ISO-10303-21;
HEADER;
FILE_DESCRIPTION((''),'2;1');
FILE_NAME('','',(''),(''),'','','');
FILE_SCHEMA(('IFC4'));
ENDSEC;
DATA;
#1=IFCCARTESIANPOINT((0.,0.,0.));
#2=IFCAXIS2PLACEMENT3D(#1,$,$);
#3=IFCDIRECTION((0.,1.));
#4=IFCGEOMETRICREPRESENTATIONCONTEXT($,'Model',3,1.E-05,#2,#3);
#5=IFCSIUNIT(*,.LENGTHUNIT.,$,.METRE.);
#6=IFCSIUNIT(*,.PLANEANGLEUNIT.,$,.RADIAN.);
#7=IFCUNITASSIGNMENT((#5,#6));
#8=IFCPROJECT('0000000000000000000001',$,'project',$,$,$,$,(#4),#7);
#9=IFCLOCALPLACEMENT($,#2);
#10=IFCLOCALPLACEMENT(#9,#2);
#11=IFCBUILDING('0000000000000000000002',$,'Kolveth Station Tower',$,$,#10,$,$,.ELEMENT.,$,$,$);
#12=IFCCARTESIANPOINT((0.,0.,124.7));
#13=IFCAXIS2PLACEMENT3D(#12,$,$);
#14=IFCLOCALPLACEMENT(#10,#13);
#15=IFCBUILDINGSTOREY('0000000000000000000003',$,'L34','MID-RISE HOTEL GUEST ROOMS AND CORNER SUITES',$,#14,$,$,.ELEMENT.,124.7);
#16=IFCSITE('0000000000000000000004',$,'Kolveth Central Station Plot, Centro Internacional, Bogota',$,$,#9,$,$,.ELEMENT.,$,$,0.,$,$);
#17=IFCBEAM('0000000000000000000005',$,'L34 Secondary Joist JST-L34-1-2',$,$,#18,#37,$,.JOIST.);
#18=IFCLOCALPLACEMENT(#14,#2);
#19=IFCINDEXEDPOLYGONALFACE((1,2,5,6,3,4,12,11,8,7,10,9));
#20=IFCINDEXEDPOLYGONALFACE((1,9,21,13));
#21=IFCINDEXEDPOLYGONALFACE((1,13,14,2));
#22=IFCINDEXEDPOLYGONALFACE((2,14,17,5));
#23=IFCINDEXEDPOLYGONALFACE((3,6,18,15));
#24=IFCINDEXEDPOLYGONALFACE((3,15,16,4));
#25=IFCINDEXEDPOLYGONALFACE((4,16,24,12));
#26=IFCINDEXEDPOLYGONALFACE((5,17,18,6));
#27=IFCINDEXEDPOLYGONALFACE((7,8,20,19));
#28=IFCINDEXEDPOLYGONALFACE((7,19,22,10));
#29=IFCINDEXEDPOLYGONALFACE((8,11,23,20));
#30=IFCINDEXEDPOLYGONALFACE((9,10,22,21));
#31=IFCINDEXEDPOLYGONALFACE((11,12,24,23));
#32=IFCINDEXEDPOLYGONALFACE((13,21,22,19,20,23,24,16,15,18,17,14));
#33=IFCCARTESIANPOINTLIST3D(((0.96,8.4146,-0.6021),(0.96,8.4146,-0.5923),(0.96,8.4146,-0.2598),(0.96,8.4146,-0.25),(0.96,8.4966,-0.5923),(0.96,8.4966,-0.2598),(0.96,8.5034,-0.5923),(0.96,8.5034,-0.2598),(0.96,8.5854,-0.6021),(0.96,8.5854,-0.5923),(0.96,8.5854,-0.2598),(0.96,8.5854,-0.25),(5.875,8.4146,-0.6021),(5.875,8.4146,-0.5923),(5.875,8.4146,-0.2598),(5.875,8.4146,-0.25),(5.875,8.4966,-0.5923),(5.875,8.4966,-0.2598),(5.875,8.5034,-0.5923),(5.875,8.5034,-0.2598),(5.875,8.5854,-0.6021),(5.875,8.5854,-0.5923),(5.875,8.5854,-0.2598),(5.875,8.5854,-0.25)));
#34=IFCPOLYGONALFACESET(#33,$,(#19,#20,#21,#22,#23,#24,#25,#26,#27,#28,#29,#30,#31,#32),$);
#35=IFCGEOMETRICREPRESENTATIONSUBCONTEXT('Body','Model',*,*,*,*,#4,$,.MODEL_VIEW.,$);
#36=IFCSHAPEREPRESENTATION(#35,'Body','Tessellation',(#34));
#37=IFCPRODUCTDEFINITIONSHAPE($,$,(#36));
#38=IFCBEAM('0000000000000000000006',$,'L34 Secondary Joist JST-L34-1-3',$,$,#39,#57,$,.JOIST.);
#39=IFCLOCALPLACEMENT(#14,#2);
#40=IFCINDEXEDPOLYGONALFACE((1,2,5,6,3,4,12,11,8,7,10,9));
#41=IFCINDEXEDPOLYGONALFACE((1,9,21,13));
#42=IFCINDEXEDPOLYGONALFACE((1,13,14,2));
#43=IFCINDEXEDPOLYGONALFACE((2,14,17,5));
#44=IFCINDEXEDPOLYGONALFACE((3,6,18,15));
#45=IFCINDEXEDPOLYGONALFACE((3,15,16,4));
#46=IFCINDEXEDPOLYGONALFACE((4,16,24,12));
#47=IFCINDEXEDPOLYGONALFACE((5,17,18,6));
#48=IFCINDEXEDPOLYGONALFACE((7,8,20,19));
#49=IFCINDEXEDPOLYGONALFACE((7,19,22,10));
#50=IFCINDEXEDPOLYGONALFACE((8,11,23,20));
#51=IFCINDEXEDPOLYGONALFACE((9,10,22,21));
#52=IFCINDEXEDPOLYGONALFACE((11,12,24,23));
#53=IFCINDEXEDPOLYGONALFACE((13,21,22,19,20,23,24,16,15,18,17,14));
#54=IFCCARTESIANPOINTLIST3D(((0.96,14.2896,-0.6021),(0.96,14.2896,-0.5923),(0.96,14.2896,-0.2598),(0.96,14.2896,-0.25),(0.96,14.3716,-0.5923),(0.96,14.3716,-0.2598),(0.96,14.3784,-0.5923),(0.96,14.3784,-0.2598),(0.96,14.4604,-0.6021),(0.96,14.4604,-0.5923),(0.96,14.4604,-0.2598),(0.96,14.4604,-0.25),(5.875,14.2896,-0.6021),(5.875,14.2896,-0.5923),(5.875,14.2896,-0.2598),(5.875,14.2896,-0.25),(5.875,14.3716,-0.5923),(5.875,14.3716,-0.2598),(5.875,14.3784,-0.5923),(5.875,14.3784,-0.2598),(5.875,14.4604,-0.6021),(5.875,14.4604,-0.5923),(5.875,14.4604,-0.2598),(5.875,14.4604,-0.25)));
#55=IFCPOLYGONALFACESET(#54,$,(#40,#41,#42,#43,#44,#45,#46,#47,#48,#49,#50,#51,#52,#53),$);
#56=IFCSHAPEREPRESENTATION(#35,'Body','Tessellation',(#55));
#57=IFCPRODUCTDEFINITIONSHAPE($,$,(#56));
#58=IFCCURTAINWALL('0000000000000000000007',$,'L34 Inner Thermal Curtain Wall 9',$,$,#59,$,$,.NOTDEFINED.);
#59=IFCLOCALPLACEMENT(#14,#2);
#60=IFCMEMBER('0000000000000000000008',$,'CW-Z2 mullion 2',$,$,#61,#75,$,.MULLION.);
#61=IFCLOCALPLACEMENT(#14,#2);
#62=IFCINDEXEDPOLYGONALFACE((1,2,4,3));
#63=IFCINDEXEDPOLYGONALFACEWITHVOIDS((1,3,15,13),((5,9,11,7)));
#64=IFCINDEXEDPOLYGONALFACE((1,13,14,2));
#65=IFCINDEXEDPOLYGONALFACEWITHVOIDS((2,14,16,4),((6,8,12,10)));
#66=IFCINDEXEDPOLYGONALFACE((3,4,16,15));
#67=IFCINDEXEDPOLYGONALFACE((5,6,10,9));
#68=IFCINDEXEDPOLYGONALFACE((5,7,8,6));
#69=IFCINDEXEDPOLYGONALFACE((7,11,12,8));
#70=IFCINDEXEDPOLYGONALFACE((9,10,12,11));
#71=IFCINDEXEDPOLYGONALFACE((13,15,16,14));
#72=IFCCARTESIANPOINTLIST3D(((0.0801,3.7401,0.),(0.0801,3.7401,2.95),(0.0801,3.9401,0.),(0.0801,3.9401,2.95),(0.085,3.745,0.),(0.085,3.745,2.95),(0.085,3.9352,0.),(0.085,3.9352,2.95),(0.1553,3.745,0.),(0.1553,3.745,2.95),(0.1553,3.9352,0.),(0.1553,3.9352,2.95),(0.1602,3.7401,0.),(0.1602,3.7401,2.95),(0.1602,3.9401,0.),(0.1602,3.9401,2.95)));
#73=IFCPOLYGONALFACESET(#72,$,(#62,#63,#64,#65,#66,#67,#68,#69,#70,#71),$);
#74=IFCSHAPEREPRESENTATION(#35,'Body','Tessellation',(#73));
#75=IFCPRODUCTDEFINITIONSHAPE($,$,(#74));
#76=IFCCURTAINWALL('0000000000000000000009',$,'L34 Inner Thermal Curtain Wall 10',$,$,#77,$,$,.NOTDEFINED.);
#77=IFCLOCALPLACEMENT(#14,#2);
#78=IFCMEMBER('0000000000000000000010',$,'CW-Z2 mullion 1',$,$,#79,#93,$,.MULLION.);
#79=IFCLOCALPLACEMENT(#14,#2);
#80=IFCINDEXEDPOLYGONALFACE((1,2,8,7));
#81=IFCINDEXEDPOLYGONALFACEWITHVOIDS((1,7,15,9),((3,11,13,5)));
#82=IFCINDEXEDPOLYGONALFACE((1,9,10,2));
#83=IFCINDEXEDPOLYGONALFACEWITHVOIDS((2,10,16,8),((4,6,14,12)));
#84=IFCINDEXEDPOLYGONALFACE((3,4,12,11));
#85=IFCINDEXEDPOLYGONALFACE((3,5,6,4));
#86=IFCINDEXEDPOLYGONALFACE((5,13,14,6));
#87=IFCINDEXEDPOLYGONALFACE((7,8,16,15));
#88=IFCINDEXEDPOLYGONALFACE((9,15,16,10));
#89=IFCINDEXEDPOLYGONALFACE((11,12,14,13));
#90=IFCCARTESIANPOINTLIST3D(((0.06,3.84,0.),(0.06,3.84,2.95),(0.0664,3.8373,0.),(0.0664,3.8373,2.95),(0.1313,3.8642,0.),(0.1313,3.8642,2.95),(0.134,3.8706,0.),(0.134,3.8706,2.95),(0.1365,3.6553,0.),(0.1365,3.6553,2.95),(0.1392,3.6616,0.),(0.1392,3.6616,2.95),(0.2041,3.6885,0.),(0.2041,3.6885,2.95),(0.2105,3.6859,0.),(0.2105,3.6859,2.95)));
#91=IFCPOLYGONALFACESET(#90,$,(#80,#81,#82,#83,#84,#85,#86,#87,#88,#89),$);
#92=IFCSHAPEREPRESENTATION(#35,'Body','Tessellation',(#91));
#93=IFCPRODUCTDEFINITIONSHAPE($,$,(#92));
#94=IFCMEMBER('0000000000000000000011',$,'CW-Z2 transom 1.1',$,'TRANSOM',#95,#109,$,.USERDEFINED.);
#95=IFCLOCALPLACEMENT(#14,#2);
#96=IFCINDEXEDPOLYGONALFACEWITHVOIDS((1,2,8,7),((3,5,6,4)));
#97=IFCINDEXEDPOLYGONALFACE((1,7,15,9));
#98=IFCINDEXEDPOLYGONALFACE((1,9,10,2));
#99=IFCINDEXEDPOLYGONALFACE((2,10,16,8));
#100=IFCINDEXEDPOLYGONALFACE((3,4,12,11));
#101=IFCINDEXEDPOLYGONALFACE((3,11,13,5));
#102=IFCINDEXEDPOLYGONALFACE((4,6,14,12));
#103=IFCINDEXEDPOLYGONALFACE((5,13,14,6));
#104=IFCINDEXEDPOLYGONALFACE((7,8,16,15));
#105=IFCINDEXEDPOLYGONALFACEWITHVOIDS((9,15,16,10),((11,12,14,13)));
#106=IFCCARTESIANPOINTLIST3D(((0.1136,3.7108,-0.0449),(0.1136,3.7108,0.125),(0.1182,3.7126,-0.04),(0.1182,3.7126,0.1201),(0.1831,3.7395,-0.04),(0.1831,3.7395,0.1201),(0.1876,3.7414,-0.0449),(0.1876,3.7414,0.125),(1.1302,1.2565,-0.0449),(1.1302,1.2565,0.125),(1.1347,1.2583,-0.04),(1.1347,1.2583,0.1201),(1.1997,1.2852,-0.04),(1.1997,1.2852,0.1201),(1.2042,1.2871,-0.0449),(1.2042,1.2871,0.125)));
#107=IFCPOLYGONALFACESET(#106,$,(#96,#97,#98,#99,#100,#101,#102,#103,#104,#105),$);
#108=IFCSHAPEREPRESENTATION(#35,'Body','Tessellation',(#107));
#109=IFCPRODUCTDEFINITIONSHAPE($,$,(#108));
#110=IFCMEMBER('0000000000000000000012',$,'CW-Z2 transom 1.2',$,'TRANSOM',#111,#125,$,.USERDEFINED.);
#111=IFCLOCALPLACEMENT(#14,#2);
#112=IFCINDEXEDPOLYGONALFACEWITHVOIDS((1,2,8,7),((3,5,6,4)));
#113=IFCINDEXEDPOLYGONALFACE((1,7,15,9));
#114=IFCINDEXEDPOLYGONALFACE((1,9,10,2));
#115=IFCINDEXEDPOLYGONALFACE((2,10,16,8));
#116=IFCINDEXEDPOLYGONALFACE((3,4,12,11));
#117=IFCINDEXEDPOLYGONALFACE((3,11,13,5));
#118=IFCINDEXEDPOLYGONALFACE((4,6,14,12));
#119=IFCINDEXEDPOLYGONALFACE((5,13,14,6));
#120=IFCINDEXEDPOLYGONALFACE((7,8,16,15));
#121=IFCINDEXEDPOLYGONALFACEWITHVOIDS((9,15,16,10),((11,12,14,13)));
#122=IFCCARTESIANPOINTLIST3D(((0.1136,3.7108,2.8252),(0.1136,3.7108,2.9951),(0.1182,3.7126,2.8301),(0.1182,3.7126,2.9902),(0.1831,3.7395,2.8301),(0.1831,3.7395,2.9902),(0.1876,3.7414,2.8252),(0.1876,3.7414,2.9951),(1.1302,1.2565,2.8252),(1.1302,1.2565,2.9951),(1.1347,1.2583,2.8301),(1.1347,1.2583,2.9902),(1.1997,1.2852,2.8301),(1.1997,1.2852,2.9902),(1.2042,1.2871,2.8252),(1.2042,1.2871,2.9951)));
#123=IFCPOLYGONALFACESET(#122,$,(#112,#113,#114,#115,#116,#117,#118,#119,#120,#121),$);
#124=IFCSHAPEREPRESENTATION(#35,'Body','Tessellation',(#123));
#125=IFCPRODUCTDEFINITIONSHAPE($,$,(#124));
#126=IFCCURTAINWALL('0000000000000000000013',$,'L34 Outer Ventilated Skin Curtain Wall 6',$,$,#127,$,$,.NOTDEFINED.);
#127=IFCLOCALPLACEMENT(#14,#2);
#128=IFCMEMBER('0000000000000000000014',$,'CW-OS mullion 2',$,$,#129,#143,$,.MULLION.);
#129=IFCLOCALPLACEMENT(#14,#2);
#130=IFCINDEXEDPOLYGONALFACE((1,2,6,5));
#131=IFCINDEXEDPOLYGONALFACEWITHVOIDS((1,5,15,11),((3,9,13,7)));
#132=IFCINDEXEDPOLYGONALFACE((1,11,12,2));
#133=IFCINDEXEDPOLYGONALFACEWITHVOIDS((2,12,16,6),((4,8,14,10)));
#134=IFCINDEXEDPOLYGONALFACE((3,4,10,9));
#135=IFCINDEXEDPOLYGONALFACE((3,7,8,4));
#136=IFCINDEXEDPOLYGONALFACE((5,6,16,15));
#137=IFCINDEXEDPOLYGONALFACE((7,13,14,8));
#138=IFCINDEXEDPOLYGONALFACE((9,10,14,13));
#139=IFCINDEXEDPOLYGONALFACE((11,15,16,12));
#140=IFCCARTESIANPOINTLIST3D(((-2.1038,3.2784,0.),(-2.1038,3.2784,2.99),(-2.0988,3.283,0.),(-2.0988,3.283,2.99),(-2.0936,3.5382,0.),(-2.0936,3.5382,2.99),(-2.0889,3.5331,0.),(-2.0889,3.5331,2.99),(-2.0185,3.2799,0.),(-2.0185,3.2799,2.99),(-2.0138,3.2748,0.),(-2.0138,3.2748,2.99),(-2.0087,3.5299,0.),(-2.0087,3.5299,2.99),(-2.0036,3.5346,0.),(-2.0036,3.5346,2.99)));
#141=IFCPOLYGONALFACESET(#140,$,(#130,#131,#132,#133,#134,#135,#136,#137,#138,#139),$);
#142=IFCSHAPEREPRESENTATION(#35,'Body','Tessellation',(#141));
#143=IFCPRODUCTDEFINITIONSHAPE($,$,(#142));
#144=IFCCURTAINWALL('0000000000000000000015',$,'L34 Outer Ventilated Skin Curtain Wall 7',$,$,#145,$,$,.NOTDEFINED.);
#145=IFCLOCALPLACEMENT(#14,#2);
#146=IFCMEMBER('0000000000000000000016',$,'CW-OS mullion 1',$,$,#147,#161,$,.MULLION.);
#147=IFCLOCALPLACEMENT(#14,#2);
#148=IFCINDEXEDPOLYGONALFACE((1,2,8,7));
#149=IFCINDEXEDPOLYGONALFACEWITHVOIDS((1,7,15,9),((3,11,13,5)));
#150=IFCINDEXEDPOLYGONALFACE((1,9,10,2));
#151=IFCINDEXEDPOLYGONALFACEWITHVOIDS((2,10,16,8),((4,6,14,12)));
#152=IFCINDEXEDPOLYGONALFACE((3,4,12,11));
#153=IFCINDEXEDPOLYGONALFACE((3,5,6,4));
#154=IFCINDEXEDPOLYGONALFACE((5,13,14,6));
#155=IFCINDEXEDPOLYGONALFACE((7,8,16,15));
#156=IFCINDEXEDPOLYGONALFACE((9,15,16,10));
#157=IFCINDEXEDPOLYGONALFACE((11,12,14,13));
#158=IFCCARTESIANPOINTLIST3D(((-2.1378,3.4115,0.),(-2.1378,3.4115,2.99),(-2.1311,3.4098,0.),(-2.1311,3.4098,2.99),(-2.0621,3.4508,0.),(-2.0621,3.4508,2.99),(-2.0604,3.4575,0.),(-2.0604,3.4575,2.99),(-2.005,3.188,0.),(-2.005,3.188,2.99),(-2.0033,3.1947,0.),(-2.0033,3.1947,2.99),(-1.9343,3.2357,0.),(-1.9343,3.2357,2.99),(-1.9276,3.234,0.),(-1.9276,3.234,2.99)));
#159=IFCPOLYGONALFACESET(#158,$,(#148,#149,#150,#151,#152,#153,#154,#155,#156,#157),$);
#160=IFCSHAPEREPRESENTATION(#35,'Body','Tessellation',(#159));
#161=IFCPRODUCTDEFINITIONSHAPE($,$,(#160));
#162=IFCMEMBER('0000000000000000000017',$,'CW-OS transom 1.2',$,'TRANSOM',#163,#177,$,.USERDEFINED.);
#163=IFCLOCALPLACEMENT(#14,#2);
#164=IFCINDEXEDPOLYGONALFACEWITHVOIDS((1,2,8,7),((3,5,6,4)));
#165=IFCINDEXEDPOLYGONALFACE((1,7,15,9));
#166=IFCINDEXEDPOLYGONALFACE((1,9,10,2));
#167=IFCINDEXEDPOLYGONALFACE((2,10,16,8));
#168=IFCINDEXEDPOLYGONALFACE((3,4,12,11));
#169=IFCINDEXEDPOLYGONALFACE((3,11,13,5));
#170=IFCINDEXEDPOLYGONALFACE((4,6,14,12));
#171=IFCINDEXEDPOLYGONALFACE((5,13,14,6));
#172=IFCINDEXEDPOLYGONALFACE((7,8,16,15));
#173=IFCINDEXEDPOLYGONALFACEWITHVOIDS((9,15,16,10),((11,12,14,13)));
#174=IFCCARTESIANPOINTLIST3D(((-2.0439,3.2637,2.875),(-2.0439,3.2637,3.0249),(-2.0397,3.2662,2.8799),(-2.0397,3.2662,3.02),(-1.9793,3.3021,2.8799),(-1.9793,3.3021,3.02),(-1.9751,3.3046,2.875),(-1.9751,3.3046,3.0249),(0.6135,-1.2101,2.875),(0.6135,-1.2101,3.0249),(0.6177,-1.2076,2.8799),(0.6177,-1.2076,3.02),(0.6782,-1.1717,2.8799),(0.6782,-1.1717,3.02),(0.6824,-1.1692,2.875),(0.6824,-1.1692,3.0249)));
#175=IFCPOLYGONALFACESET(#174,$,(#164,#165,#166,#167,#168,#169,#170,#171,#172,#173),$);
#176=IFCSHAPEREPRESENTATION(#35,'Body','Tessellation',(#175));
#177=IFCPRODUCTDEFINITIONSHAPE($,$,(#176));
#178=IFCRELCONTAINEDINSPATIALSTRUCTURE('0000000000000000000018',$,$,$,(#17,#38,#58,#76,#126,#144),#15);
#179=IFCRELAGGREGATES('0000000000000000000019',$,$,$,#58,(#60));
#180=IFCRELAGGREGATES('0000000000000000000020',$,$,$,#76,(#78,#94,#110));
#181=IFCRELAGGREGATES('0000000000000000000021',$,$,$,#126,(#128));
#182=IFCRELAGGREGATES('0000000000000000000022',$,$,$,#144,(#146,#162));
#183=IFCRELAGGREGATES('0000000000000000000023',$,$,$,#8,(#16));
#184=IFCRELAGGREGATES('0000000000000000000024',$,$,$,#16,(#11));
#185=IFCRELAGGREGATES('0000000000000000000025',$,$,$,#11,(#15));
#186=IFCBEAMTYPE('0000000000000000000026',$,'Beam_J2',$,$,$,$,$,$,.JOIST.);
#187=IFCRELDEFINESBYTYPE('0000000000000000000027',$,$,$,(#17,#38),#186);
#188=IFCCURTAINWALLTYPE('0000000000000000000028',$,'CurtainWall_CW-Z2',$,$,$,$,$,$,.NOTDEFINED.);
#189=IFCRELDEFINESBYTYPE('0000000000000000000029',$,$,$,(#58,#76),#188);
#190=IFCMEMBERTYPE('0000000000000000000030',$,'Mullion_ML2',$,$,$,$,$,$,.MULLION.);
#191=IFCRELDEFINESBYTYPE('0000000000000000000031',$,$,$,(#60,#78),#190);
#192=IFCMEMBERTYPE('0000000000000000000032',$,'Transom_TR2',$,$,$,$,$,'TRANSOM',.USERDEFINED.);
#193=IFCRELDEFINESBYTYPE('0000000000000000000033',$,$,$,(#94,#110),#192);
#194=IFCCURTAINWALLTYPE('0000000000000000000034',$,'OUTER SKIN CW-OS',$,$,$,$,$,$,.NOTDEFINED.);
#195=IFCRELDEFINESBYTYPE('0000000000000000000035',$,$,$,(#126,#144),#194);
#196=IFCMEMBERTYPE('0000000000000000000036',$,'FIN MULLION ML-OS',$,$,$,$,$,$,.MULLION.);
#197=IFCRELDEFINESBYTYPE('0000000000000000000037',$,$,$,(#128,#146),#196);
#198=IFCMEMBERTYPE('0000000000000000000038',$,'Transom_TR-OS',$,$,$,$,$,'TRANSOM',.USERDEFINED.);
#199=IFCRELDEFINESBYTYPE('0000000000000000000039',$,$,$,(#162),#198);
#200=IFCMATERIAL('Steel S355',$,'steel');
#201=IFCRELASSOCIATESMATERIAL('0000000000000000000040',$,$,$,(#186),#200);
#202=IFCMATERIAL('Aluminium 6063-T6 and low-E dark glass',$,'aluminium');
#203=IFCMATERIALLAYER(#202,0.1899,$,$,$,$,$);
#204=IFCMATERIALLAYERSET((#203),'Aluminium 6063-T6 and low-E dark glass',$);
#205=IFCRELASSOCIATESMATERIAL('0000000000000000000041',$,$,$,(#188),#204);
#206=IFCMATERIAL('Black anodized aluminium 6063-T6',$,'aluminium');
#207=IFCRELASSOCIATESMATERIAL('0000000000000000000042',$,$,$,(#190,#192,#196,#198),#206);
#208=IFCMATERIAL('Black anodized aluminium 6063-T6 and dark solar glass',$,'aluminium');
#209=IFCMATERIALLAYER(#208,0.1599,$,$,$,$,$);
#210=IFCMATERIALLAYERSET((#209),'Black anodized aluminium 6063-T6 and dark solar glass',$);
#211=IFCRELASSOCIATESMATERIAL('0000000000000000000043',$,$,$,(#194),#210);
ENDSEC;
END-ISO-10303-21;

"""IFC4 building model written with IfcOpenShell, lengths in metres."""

from ifc_helpers import new_model, si_unit, direction, frame, origin, origin_2d, place, context, subcontext, project, spatial, hollow_rectangle, i_section, extrude, source, transform, mapped, material, layer, layer_set, material_profile, profile_set, type_object, element, aggregate, save


model = new_model("IFC4")

# Units and contexts
model_context = context("Model", 3, precision=1e-05, world=origin(), true_north=direction((0.0, 1.0)))
body_context = subcontext(model_context, "Body", "Model", "MODEL_VIEW")
ifc_project = project(units=[si_unit("LENGTHUNIT", "METRE"), si_unit("PLANEANGLEUNIT", "RADIAN")], contexts=[model_context])

# Site, building, storey
site_placement = place(None, origin())
site = spatial("IfcSite", under=ifc_project, at=site_placement, Name="Kolveth Central Station Plot, Centro Internacional, Bogota", CompositionType="ELEMENT", RefElevation=0.0)
building_placement = place(site_placement, origin())
building = spatial("IfcBuilding", under=site, at=building_placement, Name="Kolveth Station Tower", CompositionType="ELEMENT")
storey_placement = place(building_placement, frame((0.0, 0.0, 124.7)))
storey = spatial("IfcBuildingStorey", under=building, at=storey_placement, Name="L34", Description="MID-RISE HOTEL GUEST ROOMS AND CORNER SUITES", CompositionType="ELEMENT", Elevation=124.7)

# Beams
ifc_material_1 = material(Name="Steel S355", Category="steel")
ifc_material_profile_1 = material_profile(ifc_material_1, i_section(OverallWidth=0.1709, OverallDepth=0.3521, WebThickness=0.0068, FlangeThickness=0.0098, at=origin_2d()), Name="W360x44")
ifc_profile_set_1 = profile_set([ifc_material_profile_1], Name="Steel S355")
beam_type_1 = type_object("IfcBeamType", Name="Beam_J2", PredefinedType="JOIST", material=ifc_profile_set_1)
shared_shape_1 = source(origin(), body_context, "Body", "SweptSolid", [
    extrude(i_section(OverallWidth=0.1709, OverallDepth=0.3521, WebThickness=0.0068, FlangeThickness=0.0098, at=origin_2d()), origin(), (0.0, 0.0, 1.0), 4.915),
])
for number, where, z_axis, x_axis, name in (
    (1, (0.96, 8.5, -0.426), (1.0, 0.0, 0.0), (0.0, 1.0, 0.0), "L34 Secondary Joist JST-L34-1-2"),
    (2, (0.96, 14.375, -0.426), (1.0, 0.0, 0.0), (0.0, 1.0, 0.0), "L34 Secondary Joist JST-L34-1-3"),
):
    element("IfcBeam", number, at=place(storey_placement, frame(where, z_axis=z_axis, x_axis=x_axis)), inside=storey, type_object=beam_type_1, Name=name, PredefinedType="JOIST", context=body_context, shape_type="MappedRepresentation", body=[
        mapped(shared_shape_1, transform((0.0, 0.0, 0.0), x_axis=(1.0, 0.0, 0.0), y_axis=(0.0, 1.0, 0.0), z_axis=(0.0, 0.0, 1.0), scale=1.0)),
    ])

# Curtain wall, member
ifc_material_2 = material(Name="Aluminium 6063-T6 and low-E dark glass", Category="aluminium")
ifc_layer_1 = layer(ifc_material_2, 0.1899)
ifc_layer_set_1 = layer_set([ifc_layer_1], Name="Aluminium 6063-T6 and low-E dark glass")
curtain_wall_type_1 = type_object("IfcCurtainWallType", Name="CurtainWall_CW-Z2", PredefinedType="NOTDEFINED", material=ifc_layer_set_1)
curtain_wall_1_placement = place(storey_placement, origin())
curtain_wall_1 = element("IfcCurtainWall", 3, at=curtain_wall_1_placement, inside=storey, type_object=curtain_wall_type_1, Name="L34 Inner Thermal Curtain Wall 9", PredefinedType="NOTDEFINED")
ifc_material_3 = material(Name="Black anodized aluminium 6063-T6", Category="aluminium")
ifc_material_profile_2 = material_profile(ifc_material_3, hollow_rectangle(XDim=0.0801, YDim=0.2, WallThickness=0.0049, at=origin_2d()), Name="ALU-80x200x5")
ifc_profile_set_2 = profile_set([ifc_material_profile_2], Name="Black anodized aluminium 6063-T6")
member_type_1 = type_object("IfcMemberType", Name="Mullion_ML2", PredefinedType="MULLION", material=ifc_profile_set_2)
shared_shape_2 = source(origin(), body_context, "Body", "SweptSolid", [
    extrude(hollow_rectangle(XDim=0.0801, YDim=0.2, WallThickness=0.0049, at=origin_2d()), origin(), (0.0, 0.0, 1.0), 2.95),
])
member_1_placement = place(storey_placement, frame((0.1201, 3.8401, 0.0), z_axis=(0.0, 0.0, 1.0), x_axis=(1.0, 0.0, 0.0)))
member_1 = element("IfcMember", 4, at=member_1_placement, type_object=member_type_1, Name="CW-Z2 mullion 2", PredefinedType="MULLION", context=body_context, shape_type="MappedRepresentation", body=[
    mapped(shared_shape_2, transform((0.0, 0.0, 0.0), x_axis=(1.0, 0.0, 0.0), y_axis=(0.0, 1.0, 0.0), z_axis=(0.0, 0.0, 1.0), scale=1.0)),
])
aggregate(curtain_wall_1, [member_1])

# Curtain wall, members
curtain_wall_2_placement = place(storey_placement, origin())
curtain_wall_2 = element("IfcCurtainWall", 5, at=curtain_wall_2_placement, inside=storey, type_object=curtain_wall_type_1, Name="L34 Inner Thermal Curtain Wall 10", PredefinedType="NOTDEFINED")
member_2_placement = place(storey_placement, frame((0.1353, 3.7629, 0.0), z_axis=(0.0, 0.0, 1.0), x_axis=(0.923888, 0.382663, 0.0)))
member_2 = element("IfcMember", 6, at=member_2_placement, type_object=member_type_1, Name="CW-Z2 mullion 1", PredefinedType="MULLION", context=body_context, shape_type="MappedRepresentation", body=[
    mapped(shared_shape_2, transform((0.0, 0.0, 0.0), x_axis=(1.0, 0.0, 0.0), y_axis=(0.0, 1.0, 0.0), z_axis=(0.0, 0.0, 1.0), scale=1.0)),
])
ifc_material_profile_3 = material_profile(ifc_material_3, hollow_rectangle(XDim=0.0801, YDim=0.1699, WallThickness=0.0049, at=origin_2d()), Name="ALU-80x170x5")
ifc_profile_set_3 = profile_set([ifc_material_profile_3], Name="Black anodized aluminium 6063-T6")
member_type_2 = type_object("IfcMemberType", Name="Transom_TR2", ElementType="TRANSOM", PredefinedType="USERDEFINED", material=ifc_profile_set_3)
shared_shape_3 = source(origin(), body_context, "Body", "SweptSolid", [
    extrude(hollow_rectangle(XDim=0.0801, YDim=0.1699, WallThickness=0.0049, at=origin_2d()), origin(), (0.0, 0.0, 1.0), 2.6565),
])
member_3_placement = place(storey_placement, frame((0.1506, 3.7261, 0.04), z_axis=(0.382676, -0.923882, 0.0), x_axis=(0.923882, 0.382676, 0.0)))
member_3 = element("IfcMember", 7, at=member_3_placement, type_object=member_type_2, Name="CW-Z2 transom 1.1", ObjectType="TRANSOM", PredefinedType="USERDEFINED", context=body_context, shape_type="MappedRepresentation", body=[
    mapped(shared_shape_3, transform((0.0, 0.0, 0.0), x_axis=(1.0, 0.0, 0.0), y_axis=(0.0, 1.0, 0.0), z_axis=(0.0, 0.0, 1.0), scale=1.0)),
])
member_4_placement = place(storey_placement, frame((0.1506, 3.7261, 2.9102), z_axis=(0.382676, -0.923882, 0.0), x_axis=(0.923882, 0.382676, 0.0)))
member_4 = element("IfcMember", 8, at=member_4_placement, type_object=member_type_2, Name="CW-Z2 transom 1.2", ObjectType="TRANSOM", PredefinedType="USERDEFINED", context=body_context, shape_type="MappedRepresentation", body=[
    mapped(shared_shape_3, transform((0.0, 0.0, 0.0), x_axis=(1.0, 0.0, 0.0), y_axis=(0.0, 1.0, 0.0), z_axis=(0.0, 0.0, 1.0), scale=1.0)),
])
aggregate(curtain_wall_2, [member_2, member_3, member_4])

# Curtain wall, member
ifc_material_4 = material(Name="Black anodized aluminium 6063-T6 and dark solar glass", Category="aluminium")
ifc_layer_2 = layer(ifc_material_4, 0.1599)
ifc_layer_set_2 = layer_set([ifc_layer_2], Name="Black anodized aluminium 6063-T6 and dark solar glass")
curtain_wall_type_2 = type_object("IfcCurtainWallType", Name="OUTER SKIN CW-OS", PredefinedType="NOTDEFINED", material=ifc_layer_set_2)
curtain_wall_3_placement = place(storey_placement, origin())
curtain_wall_3 = element("IfcCurtainWall", 9, at=curtain_wall_3_placement, inside=storey, type_object=curtain_wall_type_2, Name="L34 Outer Ventilated Skin Curtain Wall 6", PredefinedType="NOTDEFINED")
ifc_material_profile_4 = material_profile(ifc_material_3, hollow_rectangle(XDim=0.0901, YDim=0.26, WallThickness=0.0049, at=origin_2d()), Name="ALU-90x260x5")
ifc_profile_set_4 = profile_set([ifc_material_profile_4], Name="Black anodized aluminium 6063-T6")
member_type_3 = type_object("IfcMemberType", Name="FIN MULLION ML-OS", PredefinedType="MULLION", material=ifc_profile_set_4)
shared_shape_4 = source(origin(), body_context, "Body", "SweptSolid", [
    extrude(hollow_rectangle(XDim=0.0901, YDim=0.26, WallThickness=0.0049, at=origin_2d()), origin(), (0.0, 0.0, 1.0), 2.99),
])
member_5_placement = place(storey_placement, frame((-2.0537, 3.4065, 0.0), z_axis=(0.0, 0.0, 1.0), x_axis=(0.999226, -0.039346, 0.0)))
member_5 = element("IfcMember", 10, at=member_5_placement, type_object=member_type_3, Name="CW-OS mullion 2", PredefinedType="MULLION", context=body_context, shape_type="MappedRepresentation", body=[
    mapped(shared_shape_4, transform((0.0, 0.0, 0.0), x_axis=(1.0, 0.0, 0.0), y_axis=(0.0, 1.0, 0.0), z_axis=(0.0, 0.0, 1.0), scale=1.0)),
])
aggregate(curtain_wall_3, [member_5])

# Curtain wall, members
curtain_wall_4_placement = place(storey_placement, origin())
curtain_wall_4 = element("IfcCurtainWall", 11, at=curtain_wall_4_placement, inside=storey, type_object=curtain_wall_type_2, Name="L34 Outer Ventilated Skin Curtain Wall 7", PredefinedType="NOTDEFINED")
member_6_placement = place(storey_placement, frame((-2.0327, 3.3228, 0.0), z_axis=(0.0, 0.0, 1.0), x_axis=(0.859743, 0.510727, 0.0)))
member_6 = element("IfcMember", 12, at=member_6_placement, type_object=member_type_3, Name="CW-OS mullion 1", PredefinedType="MULLION", context=body_context, shape_type="MappedRepresentation", body=[
    mapped(shared_shape_4, transform((0.0, 0.0, 0.0), x_axis=(1.0, 0.0, 0.0), y_axis=(0.0, 1.0, 0.0), z_axis=(0.0, 0.0, 1.0), scale=1.0)),
])
ifc_material_profile_5 = material_profile(ifc_material_3, hollow_rectangle(XDim=0.0801, YDim=0.1499, WallThickness=0.0049, at=origin_2d()), Name="ALU-80x150x5")
ifc_profile_set_5 = profile_set([ifc_material_profile_5], Name="Black anodized aluminium 6063-T6")
member_type_4 = type_object("IfcMemberType", Name="Transom_TR-OS", ElementType="TRANSOM", PredefinedType="USERDEFINED", material=ifc_profile_set_5)
shared_shape_5 = source(origin(), body_context, "Body", "SweptSolid", [
    extrude(hollow_rectangle(XDim=0.0801, YDim=0.1499, WallThickness=0.0049, at=origin_2d()), origin(), (0.0, 0.0, 1.0), 5.2036),
])
member_7_placement = place(storey_placement, frame((-2.0095, 3.2842, 2.95), z_axis=(0.510696, -0.859761, 0.0), x_axis=(0.859761, 0.510696, 0.0)))
member_7 = element("IfcMember", 13, at=member_7_placement, type_object=member_type_4, Name="CW-OS transom 1.2", ObjectType="TRANSOM", PredefinedType="USERDEFINED", context=body_context, shape_type="MappedRepresentation", body=[
    mapped(shared_shape_5, transform((0.0, 0.0, 0.0), x_axis=(1.0, 0.0, 0.0), y_axis=(0.0, 1.0, 0.0), z_axis=(0.0, 0.0, 1.0), scale=1.0)),
])
aggregate(curtain_wall_4, [member_6, member_7])

save(model, "model.ifc")
